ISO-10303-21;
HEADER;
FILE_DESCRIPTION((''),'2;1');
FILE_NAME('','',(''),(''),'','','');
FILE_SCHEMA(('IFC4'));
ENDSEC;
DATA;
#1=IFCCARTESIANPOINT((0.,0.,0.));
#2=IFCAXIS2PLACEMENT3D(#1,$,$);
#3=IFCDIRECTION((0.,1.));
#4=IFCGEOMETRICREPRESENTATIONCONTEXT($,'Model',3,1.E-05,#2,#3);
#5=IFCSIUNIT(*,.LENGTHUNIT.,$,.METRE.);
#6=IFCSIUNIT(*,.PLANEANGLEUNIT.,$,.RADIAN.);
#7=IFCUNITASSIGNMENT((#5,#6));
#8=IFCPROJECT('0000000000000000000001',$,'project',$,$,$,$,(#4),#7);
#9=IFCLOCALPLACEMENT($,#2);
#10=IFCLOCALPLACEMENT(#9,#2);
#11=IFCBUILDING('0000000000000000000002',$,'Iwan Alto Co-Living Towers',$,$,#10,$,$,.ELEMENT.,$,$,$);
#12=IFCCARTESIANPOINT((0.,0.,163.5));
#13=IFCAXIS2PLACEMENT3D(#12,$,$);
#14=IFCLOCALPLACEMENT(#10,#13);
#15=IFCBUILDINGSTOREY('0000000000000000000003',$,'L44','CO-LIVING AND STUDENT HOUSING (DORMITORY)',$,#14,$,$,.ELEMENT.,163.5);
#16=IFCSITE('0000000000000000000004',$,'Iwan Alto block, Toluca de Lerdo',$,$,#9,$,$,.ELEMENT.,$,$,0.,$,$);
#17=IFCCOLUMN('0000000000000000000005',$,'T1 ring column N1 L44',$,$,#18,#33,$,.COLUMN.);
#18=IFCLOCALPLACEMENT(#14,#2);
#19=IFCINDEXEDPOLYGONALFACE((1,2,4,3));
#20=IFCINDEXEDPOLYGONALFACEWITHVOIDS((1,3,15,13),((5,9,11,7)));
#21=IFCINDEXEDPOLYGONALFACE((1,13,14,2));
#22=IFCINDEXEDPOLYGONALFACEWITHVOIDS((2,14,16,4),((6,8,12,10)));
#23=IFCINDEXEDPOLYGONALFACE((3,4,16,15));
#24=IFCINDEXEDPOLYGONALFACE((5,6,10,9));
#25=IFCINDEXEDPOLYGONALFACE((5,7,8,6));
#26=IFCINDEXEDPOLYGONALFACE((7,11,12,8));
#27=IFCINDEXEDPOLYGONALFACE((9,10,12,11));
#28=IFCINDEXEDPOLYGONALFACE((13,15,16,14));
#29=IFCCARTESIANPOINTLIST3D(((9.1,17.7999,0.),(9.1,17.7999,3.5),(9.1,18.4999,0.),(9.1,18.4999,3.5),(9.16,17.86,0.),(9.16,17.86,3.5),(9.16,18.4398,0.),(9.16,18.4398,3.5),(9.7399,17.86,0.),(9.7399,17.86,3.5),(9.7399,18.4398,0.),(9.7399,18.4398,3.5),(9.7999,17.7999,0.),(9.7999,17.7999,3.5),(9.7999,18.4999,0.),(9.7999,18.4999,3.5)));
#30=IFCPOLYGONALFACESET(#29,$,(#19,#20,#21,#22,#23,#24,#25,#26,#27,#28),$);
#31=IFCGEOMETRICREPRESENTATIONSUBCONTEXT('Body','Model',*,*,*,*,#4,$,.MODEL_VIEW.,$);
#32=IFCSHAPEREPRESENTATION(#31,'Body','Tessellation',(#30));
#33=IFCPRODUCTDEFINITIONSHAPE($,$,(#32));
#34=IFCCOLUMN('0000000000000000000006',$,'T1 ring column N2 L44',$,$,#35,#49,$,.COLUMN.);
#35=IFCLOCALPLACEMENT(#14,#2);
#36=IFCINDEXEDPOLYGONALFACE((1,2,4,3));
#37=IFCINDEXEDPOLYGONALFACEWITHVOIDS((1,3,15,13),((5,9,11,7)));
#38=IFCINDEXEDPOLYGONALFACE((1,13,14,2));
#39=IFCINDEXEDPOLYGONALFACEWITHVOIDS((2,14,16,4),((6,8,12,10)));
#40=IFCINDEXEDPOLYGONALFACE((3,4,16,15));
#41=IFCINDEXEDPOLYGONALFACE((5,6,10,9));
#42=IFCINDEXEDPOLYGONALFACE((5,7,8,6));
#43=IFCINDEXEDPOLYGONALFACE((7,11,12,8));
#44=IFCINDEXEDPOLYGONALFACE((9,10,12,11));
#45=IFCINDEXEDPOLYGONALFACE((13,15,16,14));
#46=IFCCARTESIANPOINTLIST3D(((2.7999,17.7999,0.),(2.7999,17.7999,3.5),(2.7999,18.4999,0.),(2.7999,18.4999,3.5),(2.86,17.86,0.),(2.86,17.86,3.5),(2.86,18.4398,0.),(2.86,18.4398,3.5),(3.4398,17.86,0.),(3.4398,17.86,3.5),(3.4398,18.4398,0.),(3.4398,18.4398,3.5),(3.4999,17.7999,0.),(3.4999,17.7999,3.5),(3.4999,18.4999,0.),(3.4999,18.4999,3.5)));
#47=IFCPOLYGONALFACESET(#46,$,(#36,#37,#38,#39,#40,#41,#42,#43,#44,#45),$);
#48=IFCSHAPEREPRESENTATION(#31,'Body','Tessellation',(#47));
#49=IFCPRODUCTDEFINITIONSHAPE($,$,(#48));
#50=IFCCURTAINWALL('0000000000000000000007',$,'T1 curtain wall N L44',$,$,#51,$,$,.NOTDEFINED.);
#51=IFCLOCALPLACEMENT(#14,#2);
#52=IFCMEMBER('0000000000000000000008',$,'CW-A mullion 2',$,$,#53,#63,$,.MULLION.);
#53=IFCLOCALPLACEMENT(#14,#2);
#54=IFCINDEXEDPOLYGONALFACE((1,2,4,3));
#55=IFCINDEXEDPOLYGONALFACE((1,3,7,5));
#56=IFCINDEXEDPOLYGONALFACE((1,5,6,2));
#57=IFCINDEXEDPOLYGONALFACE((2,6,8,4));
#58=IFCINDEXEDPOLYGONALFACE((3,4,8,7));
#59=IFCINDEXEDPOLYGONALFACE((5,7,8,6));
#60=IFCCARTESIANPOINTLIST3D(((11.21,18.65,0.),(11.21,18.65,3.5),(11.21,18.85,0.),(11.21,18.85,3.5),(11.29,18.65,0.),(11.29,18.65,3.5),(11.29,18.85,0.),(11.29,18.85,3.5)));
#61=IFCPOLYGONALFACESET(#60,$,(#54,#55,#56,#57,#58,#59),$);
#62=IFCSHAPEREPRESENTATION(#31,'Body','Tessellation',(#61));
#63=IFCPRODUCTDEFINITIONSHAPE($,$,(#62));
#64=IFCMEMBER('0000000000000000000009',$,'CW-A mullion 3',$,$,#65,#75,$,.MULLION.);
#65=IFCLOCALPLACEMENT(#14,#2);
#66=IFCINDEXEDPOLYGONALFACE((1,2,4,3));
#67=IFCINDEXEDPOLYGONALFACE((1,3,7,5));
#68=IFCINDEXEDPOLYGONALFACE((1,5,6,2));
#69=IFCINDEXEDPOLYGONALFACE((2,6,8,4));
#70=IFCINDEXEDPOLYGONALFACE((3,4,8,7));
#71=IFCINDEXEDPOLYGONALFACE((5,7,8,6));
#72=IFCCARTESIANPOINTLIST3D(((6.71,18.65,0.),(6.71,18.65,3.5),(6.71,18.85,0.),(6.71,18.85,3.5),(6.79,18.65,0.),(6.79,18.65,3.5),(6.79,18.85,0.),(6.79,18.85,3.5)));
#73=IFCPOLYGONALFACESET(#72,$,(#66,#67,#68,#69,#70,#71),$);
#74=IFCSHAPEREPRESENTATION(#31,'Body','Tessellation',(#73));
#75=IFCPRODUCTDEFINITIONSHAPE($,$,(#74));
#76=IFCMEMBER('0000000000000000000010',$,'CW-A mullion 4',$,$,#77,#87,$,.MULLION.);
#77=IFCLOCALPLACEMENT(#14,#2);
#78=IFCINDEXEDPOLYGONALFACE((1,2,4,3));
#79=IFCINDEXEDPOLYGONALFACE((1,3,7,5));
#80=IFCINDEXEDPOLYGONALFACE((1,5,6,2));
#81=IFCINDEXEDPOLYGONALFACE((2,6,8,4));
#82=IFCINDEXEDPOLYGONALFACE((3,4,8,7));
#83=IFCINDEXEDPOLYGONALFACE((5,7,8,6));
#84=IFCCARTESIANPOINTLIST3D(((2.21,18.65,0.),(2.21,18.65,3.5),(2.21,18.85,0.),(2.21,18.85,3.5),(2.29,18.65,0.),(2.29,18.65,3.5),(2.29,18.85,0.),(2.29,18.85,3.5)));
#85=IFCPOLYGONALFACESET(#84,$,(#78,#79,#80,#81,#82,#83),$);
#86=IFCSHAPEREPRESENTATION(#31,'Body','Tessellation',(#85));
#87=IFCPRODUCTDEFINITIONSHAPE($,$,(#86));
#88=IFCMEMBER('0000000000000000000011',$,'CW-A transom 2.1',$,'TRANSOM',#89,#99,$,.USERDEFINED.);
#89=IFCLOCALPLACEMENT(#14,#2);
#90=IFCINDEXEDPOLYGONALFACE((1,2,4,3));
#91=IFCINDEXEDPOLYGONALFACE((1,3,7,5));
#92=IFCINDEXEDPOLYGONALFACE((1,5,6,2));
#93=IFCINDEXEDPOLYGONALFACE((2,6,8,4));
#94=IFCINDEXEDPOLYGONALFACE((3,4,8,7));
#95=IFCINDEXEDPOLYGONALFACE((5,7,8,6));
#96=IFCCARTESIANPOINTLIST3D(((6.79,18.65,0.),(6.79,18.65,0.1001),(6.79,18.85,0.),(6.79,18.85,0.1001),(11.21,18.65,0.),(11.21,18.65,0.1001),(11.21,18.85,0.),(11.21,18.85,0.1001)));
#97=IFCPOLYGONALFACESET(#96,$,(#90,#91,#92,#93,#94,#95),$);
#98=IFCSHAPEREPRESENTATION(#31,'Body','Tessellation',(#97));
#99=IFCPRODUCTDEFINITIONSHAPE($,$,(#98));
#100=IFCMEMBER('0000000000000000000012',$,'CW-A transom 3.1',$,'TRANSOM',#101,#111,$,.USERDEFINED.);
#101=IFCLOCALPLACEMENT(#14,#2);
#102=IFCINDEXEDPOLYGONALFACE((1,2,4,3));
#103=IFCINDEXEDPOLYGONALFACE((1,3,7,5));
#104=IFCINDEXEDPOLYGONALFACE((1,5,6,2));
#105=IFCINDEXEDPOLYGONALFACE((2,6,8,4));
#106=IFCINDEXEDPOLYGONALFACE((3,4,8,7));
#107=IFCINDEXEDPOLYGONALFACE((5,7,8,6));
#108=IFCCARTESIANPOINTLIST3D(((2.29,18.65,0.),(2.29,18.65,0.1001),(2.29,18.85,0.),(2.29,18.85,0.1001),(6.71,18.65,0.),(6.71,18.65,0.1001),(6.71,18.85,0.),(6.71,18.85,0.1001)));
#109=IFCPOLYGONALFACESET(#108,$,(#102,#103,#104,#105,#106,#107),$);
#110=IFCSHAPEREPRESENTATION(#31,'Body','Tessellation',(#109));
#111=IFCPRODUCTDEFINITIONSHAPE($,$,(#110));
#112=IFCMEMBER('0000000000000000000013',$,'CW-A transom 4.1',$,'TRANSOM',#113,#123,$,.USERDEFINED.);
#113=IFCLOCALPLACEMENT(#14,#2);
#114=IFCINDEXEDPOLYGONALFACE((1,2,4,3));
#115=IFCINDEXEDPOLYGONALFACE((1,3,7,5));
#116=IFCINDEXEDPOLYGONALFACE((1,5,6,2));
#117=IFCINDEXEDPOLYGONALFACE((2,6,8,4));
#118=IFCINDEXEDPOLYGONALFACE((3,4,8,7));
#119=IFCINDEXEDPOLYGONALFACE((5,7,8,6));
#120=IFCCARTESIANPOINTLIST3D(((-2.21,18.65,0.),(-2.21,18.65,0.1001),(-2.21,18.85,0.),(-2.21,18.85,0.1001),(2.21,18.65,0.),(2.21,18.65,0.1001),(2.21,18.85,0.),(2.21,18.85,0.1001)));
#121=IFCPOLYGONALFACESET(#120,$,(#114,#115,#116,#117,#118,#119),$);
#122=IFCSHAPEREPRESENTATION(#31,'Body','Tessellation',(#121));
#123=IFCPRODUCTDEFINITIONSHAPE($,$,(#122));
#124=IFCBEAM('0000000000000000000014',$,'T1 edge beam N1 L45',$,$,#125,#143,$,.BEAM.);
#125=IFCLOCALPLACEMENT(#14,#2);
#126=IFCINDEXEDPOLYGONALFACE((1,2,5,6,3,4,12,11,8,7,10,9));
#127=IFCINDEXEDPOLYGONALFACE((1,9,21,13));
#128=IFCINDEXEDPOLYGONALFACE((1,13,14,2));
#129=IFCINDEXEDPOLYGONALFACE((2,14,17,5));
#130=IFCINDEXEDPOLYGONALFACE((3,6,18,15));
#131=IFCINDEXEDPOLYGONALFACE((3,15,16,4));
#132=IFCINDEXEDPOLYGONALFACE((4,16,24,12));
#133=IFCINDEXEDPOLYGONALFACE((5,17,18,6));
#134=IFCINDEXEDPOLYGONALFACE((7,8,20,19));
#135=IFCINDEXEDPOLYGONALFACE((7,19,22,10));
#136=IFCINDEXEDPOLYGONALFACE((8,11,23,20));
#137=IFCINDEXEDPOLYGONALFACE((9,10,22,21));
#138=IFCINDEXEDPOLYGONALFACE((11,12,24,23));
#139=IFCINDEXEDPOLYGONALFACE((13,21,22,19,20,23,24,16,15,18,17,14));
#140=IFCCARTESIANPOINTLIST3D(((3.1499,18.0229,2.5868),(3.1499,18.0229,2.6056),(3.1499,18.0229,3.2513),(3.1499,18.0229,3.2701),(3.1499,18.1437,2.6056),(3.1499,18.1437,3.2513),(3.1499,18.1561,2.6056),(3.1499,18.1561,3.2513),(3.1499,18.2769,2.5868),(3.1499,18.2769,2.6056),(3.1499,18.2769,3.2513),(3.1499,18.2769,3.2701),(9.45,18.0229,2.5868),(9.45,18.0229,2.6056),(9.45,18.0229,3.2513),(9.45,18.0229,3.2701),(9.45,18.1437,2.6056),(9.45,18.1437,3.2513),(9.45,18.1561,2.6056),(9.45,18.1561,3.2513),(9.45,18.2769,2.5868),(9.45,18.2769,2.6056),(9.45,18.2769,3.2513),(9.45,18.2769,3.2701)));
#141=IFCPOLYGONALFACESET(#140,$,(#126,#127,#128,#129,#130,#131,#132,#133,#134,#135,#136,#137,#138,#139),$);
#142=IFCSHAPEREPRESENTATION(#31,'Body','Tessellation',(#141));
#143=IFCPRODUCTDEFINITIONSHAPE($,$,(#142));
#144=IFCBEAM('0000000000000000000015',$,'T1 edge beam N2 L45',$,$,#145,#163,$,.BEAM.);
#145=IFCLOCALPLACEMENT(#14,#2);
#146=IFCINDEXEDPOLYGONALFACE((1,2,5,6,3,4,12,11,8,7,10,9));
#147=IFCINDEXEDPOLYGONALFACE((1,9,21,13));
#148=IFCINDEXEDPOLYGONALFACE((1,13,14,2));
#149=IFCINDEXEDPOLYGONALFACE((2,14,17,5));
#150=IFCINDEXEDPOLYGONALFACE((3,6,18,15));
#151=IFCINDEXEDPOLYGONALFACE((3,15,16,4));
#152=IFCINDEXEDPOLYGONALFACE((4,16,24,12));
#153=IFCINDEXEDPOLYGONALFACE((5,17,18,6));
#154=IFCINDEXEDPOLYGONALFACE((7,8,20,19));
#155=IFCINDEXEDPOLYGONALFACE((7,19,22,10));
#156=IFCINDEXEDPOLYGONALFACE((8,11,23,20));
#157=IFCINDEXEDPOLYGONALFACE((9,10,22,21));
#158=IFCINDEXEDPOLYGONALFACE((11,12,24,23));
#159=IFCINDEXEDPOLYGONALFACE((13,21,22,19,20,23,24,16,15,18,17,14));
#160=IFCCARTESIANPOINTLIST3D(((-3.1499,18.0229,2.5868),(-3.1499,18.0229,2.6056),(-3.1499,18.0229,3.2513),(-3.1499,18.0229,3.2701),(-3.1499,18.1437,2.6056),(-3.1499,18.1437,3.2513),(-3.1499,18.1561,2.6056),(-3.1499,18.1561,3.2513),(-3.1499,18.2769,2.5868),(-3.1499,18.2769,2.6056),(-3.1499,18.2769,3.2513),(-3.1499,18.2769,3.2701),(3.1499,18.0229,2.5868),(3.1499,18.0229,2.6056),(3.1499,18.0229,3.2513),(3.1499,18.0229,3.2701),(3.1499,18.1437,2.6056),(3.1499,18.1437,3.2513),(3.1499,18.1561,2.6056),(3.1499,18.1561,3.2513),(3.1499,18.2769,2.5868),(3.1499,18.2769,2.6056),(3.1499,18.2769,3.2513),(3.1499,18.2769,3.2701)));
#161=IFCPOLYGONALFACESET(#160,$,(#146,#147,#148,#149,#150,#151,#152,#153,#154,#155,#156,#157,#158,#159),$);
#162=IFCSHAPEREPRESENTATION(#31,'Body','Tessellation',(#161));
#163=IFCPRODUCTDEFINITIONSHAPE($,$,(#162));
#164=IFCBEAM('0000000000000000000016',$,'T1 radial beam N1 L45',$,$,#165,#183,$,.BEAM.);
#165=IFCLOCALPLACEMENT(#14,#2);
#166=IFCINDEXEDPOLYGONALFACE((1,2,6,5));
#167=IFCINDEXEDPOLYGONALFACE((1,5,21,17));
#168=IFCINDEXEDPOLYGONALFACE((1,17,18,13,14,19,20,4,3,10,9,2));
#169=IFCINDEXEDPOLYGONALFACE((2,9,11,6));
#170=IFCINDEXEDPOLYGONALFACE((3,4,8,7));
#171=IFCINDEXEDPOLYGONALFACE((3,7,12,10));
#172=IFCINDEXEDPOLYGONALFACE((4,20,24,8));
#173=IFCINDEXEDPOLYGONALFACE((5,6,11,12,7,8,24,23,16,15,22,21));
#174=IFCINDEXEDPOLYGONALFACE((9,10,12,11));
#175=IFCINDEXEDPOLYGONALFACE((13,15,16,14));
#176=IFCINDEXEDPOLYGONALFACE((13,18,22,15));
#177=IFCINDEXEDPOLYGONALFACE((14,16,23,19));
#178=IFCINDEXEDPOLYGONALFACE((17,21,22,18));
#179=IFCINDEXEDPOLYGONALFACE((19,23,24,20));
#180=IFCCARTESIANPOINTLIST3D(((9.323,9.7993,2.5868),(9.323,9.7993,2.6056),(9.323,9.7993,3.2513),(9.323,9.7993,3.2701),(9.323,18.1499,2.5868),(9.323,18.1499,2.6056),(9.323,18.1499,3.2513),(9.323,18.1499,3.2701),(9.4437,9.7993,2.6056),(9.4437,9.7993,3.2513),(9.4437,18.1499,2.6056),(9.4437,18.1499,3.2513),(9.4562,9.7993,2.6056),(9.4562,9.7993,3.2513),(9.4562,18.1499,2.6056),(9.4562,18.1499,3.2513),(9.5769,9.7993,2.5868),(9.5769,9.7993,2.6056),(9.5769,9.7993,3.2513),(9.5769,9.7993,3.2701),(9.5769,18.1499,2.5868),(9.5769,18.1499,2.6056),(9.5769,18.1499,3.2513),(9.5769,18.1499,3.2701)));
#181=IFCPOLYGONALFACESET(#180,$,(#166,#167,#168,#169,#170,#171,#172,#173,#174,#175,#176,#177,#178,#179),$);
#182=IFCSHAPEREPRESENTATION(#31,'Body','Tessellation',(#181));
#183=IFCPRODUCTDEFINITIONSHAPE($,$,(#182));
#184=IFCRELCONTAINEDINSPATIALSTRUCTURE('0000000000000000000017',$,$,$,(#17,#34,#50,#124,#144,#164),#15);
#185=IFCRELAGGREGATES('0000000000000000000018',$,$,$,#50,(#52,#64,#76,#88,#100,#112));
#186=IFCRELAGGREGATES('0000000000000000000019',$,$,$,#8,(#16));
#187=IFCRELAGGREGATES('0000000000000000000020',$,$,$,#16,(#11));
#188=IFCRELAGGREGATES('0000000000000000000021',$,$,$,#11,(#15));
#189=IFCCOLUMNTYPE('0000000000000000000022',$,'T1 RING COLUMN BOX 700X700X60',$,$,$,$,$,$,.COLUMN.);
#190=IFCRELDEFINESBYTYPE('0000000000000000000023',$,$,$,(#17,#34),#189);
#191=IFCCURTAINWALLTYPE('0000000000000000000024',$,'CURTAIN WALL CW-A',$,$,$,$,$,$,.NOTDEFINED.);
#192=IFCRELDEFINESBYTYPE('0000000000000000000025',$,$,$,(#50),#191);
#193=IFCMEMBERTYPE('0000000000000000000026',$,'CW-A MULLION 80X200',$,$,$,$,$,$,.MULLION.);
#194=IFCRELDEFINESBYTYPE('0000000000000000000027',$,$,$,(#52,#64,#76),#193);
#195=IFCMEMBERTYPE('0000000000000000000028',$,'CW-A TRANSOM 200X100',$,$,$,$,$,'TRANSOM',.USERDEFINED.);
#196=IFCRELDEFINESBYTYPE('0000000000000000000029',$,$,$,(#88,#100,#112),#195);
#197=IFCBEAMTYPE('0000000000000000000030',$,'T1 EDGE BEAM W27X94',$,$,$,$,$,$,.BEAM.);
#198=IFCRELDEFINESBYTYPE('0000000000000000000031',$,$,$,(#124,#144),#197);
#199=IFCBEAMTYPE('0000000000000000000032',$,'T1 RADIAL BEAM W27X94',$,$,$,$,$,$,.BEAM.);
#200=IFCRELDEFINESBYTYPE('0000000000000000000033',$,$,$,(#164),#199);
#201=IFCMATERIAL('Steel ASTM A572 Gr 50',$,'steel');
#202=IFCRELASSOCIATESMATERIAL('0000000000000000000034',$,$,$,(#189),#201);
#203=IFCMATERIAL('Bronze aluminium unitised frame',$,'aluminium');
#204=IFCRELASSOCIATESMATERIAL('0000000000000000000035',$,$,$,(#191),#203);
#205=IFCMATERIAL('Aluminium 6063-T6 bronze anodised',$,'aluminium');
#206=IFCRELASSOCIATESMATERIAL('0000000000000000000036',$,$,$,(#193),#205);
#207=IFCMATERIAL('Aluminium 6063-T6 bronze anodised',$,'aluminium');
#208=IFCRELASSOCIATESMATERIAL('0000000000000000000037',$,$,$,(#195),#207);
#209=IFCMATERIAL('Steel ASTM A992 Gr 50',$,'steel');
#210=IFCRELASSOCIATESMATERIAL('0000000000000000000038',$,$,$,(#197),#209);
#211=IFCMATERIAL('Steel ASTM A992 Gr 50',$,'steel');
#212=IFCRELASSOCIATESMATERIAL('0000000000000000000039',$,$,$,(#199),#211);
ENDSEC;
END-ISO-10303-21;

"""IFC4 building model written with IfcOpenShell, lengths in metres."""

from ifc_helpers import new_model, si_unit, direction, frame, origin, origin_2d, place, context, subcontext, project, spatial, rectangle, hollow_rectangle, i_section, extrude, material, material_profile, profile_set, type_object, element, aggregate, save


model = new_model("IFC4")

# Units and contexts
model_context = context("Model", 3, precision=1e-05, world=origin(), true_north=direction((0.0, 1.0)))
body_context = subcontext(model_context, "Body", "Model", "MODEL_VIEW")
ifc_project = project(units=[si_unit("LENGTHUNIT", "METRE"), si_unit("PLANEANGLEUNIT", "RADIAN")], contexts=[model_context])

# Site, building, storey
site_placement = place(None, origin())
site = spatial("IfcSite", under=ifc_project, at=site_placement, Name="Iwan Alto block, Toluca de Lerdo", CompositionType="ELEMENT", RefElevation=0.0)
building_placement = place(site_placement, origin())
building = spatial("IfcBuilding", under=site, at=building_placement, Name="Iwan Alto Co-Living Towers", CompositionType="ELEMENT")
storey_placement = place(building_placement, frame((0.0, 0.0, 163.5)))
storey = spatial("IfcBuildingStorey", under=building, at=storey_placement, Name="L44", Description="CO-LIVING AND STUDENT HOUSING (DORMITORY)", CompositionType="ELEMENT", Elevation=163.5)

# Columns
ifc_material_1 = material(Name="Steel ASTM A572 Gr 50", Category="steel")
ifc_material_profile_1 = material_profile(ifc_material_1, hollow_rectangle(XDim=0.7, YDim=0.7, WallThickness=0.0601, at=origin_2d()), Name="BOX 700X700X60")
ifc_profile_set_1 = profile_set([ifc_material_profile_1], Name="Steel ASTM A572 Gr 50")
column_type = type_object("IfcColumnType", Name="T1 RING COLUMN BOX 700X700X60", PredefinedType="COLUMN", material=ifc_profile_set_1)
for number, where, z_axis, x_axis, name in (
    (1, (9.45, 18.1499, 0.0), (0.0, 0.0, 1.0), (1.0, 0.0, 0.0), "T1 ring column N1 L44"),
    (2, (3.1499, 18.1499, 0.0), (0.0, 0.0, 1.0), (1.0, 0.0, 0.0), "T1 ring column N2 L44"),
):
    element("IfcColumn", number, at=place(storey_placement, frame(where, z_axis=z_axis, x_axis=x_axis)), inside=storey, type_object=column_type, Name=name, PredefinedType="COLUMN", context=body_context, shape_type="SweptSolid", body=[
        extrude(hollow_rectangle(XDim=0.7, YDim=0.7, WallThickness=0.0601, at=origin_2d()), origin(), (0.0, 0.0, 1.0), 3.5),
    ])

# Curtain wall, members
ifc_material_2 = material(Name="Bronze aluminium unitised frame", Category="aluminium")
curtain_wall_type = type_object("IfcCurtainWallType", Name="CURTAIN WALL CW-A", PredefinedType="NOTDEFINED", material=ifc_material_2)
curtain_wall_placement = place(storey_placement, origin())
curtain_wall = element("IfcCurtainWall", 3, at=curtain_wall_placement, inside=storey, type_object=curtain_wall_type, Name="T1 curtain wall N L44", PredefinedType="NOTDEFINED")
ifc_material_3 = material(Name="Aluminium 6063-T6 bronze anodised", Category="aluminium")
ifc_material_profile_2 = material_profile(ifc_material_3, rectangle(XDim=0.2, YDim=0.0801, at=origin_2d()), Name="AL 80X200")
ifc_profile_set_2 = profile_set([ifc_material_profile_2], Name="Aluminium 6063-T6 bronze anodised")
member_type_1 = type_object("IfcMemberType", Name="CW-A MULLION 80X200", PredefinedType="MULLION", material=ifc_profile_set_2)
member_1_placement = place(storey_placement, frame((11.25, 18.75, 0.0), z_axis=(0.0, 0.0, 1.0), x_axis=(0.0, -1.0, 0.0)))
member_1 = element("IfcMember", 4, at=member_1_placement, type_object=member_type_1, Name="CW-A mullion 2", PredefinedType="MULLION", context=body_context, shape_type="SweptSolid", body=[
    extrude(rectangle(XDim=0.2, YDim=0.0801, at=origin_2d()), origin(), (0.0, 0.0, 1.0), 3.5),
])
member_2_placement = place(storey_placement, frame((6.75, 18.75, 0.0), z_axis=(0.0, 0.0, 1.0), x_axis=(0.0, -1.0, 0.0)))
member_2 = element("IfcMember", 5, at=member_2_placement, type_object=member_type_1, Name="CW-A mullion 3", PredefinedType="MULLION", context=body_context, shape_type="SweptSolid", body=[
    extrude(rectangle(XDim=0.2, YDim=0.0801, at=origin_2d()), origin(), (0.0, 0.0, 1.0), 3.5),
])
member_3_placement = place(storey_placement, frame((2.25, 18.75, 0.0), z_axis=(0.0, 0.0, 1.0), x_axis=(0.0, -1.0, 0.0)))
member_3 = element("IfcMember", 6, at=member_3_placement, type_object=member_type_1, Name="CW-A mullion 4", PredefinedType="MULLION", context=body_context, shape_type="SweptSolid", body=[
    extrude(rectangle(XDim=0.2, YDim=0.0801, at=origin_2d()), origin(), (0.0, 0.0, 1.0), 3.5),
])
ifc_material_4 = material(Name="Aluminium 6063-T6 bronze anodised", Category="aluminium")
ifc_material_profile_3 = material_profile(ifc_material_4, rectangle(XDim=0.2, YDim=0.1001, at=origin_2d()), Name="AL 200X100")
ifc_profile_set_3 = profile_set([ifc_material_profile_3], Name="Aluminium 6063-T6 bronze anodised")
member_type_2 = type_object("IfcMemberType", Name="CW-A TRANSOM 200X100", ElementType="TRANSOM", PredefinedType="USERDEFINED", material=ifc_profile_set_3)
member_4_placement = place(storey_placement, frame((11.21, 18.75, 0.05), z_axis=(-1.0, 0.0, 0.0), x_axis=(0.0, -1.0, 0.0)))
member_4 = element("IfcMember", 7, at=member_4_placement, type_object=member_type_2, Name="CW-A transom 2.1", ObjectType="TRANSOM", PredefinedType="USERDEFINED", context=body_context, shape_type="SweptSolid", body=[
    extrude(rectangle(XDim=0.2, YDim=0.1001, at=origin_2d()), origin(), (0.0, 0.0, 1.0), 4.4199),
])
member_5_placement = place(storey_placement, frame((6.71, 18.75, 0.05), z_axis=(-1.0, 0.0, 0.0), x_axis=(0.0, -1.0, 0.0)))
member_5 = element("IfcMember", 8, at=member_5_placement, type_object=member_type_2, Name="CW-A transom 3.1", ObjectType="TRANSOM", PredefinedType="USERDEFINED", context=body_context, shape_type="SweptSolid", body=[
    extrude(rectangle(XDim=0.2, YDim=0.1001, at=origin_2d()), origin(), (0.0, 0.0, 1.0), 4.4199),
])
member_6_placement = place(storey_placement, frame((2.21, 18.75, 0.05), z_axis=(-1.0, 0.0, 0.0), x_axis=(0.0, -1.0, 0.0)))
member_6 = element("IfcMember", 9, at=member_6_placement, type_object=member_type_2, Name="CW-A transom 4.1", ObjectType="TRANSOM", PredefinedType="USERDEFINED", context=body_context, shape_type="SweptSolid", body=[
    extrude(rectangle(XDim=0.2, YDim=0.1001, at=origin_2d()), origin(), (0.0, 0.0, 1.0), 4.4199),
])

# Beams
ifc_material_5 = material(Name="Steel ASTM A992 Gr 50", Category="steel")
ifc_material_profile_4 = material_profile(ifc_material_5, i_section(OverallWidth=0.2539, OverallDepth=0.6833, WebThickness=0.0125, FlangeThickness=0.0188, at=origin_2d()), Name="W27X94")
ifc_profile_set_4 = profile_set([ifc_material_profile_4], Name="Steel ASTM A992 Gr 50")
beam_type_1 = type_object("IfcBeamType", Name="T1 EDGE BEAM W27X94", PredefinedType="BEAM", material=ifc_profile_set_4)
beam_1_placement = place(storey_placement, frame((9.45, 18.1499, 2.9285), z_axis=(-1.0, 0.0, 0.0), x_axis=(0.0, -1.0, 0.0)))
element("IfcBeam", 10, at=beam_1_placement, inside=storey, type_object=beam_type_1, Name="T1 edge beam N1 L45", PredefinedType="BEAM", context=body_context, shape_type="SweptSolid", body=[
    extrude(i_section(OverallWidth=0.2539, OverallDepth=0.6833, WebThickness=0.0125, FlangeThickness=0.0188, at=origin_2d()), origin(), (0.0, 0.0, 1.0), 6.3),
])
beam_2_placement = place(storey_placement, frame((3.1499, 18.1499, 2.9285), z_axis=(-1.0, 0.0, 0.0), x_axis=(0.0, -1.0, 0.0)))
element("IfcBeam", 11, at=beam_2_placement, inside=storey, type_object=beam_type_1, Name="T1 edge beam N2 L45", PredefinedType="BEAM", context=body_context, shape_type="SweptSolid", body=[
    extrude(i_section(OverallWidth=0.2539, OverallDepth=0.6833, WebThickness=0.0125, FlangeThickness=0.0188, at=origin_2d()), origin(), (0.0, 0.0, 1.0), 6.2998),
])
ifc_material_6 = material(Name="Steel ASTM A992 Gr 50", Category="steel")
ifc_material_profile_5 = material_profile(ifc_material_6, i_section(OverallWidth=0.2539, OverallDepth=0.6833, WebThickness=0.0125, FlangeThickness=0.0188, at=origin_2d()), Name="W27X94")
ifc_profile_set_5 = profile_set([ifc_material_profile_5], Name="Steel ASTM A992 Gr 50")
beam_type_2 = type_object("IfcBeamType", Name="T1 RADIAL BEAM W27X94", PredefinedType="BEAM", material=ifc_profile_set_5)
for number, where, z_axis, x_axis, name in (
    (12, (9.45, 18.1499, 2.9285), (0.0, -1.0, 0.0), (1.0, 0.0, 0.0), "T1 radial beam N1 L45"),
):
    element("IfcBeam", number, at=place(storey_placement, frame(where, z_axis=z_axis, x_axis=x_axis)), inside=storey, type_object=beam_type_2, Name=name, PredefinedType="BEAM", context=body_context, shape_type="SweptSolid", body=[
        extrude(i_section(OverallWidth=0.2539, OverallDepth=0.6833, WebThickness=0.0125, FlangeThickness=0.0188, at=origin_2d()), origin(), (0.0, 0.0, 1.0), 8.3506),
    ])

aggregate(curtain_wall, [member_1, member_2, member_3, member_4, member_5, member_6])

save(model, "model.ifc")
